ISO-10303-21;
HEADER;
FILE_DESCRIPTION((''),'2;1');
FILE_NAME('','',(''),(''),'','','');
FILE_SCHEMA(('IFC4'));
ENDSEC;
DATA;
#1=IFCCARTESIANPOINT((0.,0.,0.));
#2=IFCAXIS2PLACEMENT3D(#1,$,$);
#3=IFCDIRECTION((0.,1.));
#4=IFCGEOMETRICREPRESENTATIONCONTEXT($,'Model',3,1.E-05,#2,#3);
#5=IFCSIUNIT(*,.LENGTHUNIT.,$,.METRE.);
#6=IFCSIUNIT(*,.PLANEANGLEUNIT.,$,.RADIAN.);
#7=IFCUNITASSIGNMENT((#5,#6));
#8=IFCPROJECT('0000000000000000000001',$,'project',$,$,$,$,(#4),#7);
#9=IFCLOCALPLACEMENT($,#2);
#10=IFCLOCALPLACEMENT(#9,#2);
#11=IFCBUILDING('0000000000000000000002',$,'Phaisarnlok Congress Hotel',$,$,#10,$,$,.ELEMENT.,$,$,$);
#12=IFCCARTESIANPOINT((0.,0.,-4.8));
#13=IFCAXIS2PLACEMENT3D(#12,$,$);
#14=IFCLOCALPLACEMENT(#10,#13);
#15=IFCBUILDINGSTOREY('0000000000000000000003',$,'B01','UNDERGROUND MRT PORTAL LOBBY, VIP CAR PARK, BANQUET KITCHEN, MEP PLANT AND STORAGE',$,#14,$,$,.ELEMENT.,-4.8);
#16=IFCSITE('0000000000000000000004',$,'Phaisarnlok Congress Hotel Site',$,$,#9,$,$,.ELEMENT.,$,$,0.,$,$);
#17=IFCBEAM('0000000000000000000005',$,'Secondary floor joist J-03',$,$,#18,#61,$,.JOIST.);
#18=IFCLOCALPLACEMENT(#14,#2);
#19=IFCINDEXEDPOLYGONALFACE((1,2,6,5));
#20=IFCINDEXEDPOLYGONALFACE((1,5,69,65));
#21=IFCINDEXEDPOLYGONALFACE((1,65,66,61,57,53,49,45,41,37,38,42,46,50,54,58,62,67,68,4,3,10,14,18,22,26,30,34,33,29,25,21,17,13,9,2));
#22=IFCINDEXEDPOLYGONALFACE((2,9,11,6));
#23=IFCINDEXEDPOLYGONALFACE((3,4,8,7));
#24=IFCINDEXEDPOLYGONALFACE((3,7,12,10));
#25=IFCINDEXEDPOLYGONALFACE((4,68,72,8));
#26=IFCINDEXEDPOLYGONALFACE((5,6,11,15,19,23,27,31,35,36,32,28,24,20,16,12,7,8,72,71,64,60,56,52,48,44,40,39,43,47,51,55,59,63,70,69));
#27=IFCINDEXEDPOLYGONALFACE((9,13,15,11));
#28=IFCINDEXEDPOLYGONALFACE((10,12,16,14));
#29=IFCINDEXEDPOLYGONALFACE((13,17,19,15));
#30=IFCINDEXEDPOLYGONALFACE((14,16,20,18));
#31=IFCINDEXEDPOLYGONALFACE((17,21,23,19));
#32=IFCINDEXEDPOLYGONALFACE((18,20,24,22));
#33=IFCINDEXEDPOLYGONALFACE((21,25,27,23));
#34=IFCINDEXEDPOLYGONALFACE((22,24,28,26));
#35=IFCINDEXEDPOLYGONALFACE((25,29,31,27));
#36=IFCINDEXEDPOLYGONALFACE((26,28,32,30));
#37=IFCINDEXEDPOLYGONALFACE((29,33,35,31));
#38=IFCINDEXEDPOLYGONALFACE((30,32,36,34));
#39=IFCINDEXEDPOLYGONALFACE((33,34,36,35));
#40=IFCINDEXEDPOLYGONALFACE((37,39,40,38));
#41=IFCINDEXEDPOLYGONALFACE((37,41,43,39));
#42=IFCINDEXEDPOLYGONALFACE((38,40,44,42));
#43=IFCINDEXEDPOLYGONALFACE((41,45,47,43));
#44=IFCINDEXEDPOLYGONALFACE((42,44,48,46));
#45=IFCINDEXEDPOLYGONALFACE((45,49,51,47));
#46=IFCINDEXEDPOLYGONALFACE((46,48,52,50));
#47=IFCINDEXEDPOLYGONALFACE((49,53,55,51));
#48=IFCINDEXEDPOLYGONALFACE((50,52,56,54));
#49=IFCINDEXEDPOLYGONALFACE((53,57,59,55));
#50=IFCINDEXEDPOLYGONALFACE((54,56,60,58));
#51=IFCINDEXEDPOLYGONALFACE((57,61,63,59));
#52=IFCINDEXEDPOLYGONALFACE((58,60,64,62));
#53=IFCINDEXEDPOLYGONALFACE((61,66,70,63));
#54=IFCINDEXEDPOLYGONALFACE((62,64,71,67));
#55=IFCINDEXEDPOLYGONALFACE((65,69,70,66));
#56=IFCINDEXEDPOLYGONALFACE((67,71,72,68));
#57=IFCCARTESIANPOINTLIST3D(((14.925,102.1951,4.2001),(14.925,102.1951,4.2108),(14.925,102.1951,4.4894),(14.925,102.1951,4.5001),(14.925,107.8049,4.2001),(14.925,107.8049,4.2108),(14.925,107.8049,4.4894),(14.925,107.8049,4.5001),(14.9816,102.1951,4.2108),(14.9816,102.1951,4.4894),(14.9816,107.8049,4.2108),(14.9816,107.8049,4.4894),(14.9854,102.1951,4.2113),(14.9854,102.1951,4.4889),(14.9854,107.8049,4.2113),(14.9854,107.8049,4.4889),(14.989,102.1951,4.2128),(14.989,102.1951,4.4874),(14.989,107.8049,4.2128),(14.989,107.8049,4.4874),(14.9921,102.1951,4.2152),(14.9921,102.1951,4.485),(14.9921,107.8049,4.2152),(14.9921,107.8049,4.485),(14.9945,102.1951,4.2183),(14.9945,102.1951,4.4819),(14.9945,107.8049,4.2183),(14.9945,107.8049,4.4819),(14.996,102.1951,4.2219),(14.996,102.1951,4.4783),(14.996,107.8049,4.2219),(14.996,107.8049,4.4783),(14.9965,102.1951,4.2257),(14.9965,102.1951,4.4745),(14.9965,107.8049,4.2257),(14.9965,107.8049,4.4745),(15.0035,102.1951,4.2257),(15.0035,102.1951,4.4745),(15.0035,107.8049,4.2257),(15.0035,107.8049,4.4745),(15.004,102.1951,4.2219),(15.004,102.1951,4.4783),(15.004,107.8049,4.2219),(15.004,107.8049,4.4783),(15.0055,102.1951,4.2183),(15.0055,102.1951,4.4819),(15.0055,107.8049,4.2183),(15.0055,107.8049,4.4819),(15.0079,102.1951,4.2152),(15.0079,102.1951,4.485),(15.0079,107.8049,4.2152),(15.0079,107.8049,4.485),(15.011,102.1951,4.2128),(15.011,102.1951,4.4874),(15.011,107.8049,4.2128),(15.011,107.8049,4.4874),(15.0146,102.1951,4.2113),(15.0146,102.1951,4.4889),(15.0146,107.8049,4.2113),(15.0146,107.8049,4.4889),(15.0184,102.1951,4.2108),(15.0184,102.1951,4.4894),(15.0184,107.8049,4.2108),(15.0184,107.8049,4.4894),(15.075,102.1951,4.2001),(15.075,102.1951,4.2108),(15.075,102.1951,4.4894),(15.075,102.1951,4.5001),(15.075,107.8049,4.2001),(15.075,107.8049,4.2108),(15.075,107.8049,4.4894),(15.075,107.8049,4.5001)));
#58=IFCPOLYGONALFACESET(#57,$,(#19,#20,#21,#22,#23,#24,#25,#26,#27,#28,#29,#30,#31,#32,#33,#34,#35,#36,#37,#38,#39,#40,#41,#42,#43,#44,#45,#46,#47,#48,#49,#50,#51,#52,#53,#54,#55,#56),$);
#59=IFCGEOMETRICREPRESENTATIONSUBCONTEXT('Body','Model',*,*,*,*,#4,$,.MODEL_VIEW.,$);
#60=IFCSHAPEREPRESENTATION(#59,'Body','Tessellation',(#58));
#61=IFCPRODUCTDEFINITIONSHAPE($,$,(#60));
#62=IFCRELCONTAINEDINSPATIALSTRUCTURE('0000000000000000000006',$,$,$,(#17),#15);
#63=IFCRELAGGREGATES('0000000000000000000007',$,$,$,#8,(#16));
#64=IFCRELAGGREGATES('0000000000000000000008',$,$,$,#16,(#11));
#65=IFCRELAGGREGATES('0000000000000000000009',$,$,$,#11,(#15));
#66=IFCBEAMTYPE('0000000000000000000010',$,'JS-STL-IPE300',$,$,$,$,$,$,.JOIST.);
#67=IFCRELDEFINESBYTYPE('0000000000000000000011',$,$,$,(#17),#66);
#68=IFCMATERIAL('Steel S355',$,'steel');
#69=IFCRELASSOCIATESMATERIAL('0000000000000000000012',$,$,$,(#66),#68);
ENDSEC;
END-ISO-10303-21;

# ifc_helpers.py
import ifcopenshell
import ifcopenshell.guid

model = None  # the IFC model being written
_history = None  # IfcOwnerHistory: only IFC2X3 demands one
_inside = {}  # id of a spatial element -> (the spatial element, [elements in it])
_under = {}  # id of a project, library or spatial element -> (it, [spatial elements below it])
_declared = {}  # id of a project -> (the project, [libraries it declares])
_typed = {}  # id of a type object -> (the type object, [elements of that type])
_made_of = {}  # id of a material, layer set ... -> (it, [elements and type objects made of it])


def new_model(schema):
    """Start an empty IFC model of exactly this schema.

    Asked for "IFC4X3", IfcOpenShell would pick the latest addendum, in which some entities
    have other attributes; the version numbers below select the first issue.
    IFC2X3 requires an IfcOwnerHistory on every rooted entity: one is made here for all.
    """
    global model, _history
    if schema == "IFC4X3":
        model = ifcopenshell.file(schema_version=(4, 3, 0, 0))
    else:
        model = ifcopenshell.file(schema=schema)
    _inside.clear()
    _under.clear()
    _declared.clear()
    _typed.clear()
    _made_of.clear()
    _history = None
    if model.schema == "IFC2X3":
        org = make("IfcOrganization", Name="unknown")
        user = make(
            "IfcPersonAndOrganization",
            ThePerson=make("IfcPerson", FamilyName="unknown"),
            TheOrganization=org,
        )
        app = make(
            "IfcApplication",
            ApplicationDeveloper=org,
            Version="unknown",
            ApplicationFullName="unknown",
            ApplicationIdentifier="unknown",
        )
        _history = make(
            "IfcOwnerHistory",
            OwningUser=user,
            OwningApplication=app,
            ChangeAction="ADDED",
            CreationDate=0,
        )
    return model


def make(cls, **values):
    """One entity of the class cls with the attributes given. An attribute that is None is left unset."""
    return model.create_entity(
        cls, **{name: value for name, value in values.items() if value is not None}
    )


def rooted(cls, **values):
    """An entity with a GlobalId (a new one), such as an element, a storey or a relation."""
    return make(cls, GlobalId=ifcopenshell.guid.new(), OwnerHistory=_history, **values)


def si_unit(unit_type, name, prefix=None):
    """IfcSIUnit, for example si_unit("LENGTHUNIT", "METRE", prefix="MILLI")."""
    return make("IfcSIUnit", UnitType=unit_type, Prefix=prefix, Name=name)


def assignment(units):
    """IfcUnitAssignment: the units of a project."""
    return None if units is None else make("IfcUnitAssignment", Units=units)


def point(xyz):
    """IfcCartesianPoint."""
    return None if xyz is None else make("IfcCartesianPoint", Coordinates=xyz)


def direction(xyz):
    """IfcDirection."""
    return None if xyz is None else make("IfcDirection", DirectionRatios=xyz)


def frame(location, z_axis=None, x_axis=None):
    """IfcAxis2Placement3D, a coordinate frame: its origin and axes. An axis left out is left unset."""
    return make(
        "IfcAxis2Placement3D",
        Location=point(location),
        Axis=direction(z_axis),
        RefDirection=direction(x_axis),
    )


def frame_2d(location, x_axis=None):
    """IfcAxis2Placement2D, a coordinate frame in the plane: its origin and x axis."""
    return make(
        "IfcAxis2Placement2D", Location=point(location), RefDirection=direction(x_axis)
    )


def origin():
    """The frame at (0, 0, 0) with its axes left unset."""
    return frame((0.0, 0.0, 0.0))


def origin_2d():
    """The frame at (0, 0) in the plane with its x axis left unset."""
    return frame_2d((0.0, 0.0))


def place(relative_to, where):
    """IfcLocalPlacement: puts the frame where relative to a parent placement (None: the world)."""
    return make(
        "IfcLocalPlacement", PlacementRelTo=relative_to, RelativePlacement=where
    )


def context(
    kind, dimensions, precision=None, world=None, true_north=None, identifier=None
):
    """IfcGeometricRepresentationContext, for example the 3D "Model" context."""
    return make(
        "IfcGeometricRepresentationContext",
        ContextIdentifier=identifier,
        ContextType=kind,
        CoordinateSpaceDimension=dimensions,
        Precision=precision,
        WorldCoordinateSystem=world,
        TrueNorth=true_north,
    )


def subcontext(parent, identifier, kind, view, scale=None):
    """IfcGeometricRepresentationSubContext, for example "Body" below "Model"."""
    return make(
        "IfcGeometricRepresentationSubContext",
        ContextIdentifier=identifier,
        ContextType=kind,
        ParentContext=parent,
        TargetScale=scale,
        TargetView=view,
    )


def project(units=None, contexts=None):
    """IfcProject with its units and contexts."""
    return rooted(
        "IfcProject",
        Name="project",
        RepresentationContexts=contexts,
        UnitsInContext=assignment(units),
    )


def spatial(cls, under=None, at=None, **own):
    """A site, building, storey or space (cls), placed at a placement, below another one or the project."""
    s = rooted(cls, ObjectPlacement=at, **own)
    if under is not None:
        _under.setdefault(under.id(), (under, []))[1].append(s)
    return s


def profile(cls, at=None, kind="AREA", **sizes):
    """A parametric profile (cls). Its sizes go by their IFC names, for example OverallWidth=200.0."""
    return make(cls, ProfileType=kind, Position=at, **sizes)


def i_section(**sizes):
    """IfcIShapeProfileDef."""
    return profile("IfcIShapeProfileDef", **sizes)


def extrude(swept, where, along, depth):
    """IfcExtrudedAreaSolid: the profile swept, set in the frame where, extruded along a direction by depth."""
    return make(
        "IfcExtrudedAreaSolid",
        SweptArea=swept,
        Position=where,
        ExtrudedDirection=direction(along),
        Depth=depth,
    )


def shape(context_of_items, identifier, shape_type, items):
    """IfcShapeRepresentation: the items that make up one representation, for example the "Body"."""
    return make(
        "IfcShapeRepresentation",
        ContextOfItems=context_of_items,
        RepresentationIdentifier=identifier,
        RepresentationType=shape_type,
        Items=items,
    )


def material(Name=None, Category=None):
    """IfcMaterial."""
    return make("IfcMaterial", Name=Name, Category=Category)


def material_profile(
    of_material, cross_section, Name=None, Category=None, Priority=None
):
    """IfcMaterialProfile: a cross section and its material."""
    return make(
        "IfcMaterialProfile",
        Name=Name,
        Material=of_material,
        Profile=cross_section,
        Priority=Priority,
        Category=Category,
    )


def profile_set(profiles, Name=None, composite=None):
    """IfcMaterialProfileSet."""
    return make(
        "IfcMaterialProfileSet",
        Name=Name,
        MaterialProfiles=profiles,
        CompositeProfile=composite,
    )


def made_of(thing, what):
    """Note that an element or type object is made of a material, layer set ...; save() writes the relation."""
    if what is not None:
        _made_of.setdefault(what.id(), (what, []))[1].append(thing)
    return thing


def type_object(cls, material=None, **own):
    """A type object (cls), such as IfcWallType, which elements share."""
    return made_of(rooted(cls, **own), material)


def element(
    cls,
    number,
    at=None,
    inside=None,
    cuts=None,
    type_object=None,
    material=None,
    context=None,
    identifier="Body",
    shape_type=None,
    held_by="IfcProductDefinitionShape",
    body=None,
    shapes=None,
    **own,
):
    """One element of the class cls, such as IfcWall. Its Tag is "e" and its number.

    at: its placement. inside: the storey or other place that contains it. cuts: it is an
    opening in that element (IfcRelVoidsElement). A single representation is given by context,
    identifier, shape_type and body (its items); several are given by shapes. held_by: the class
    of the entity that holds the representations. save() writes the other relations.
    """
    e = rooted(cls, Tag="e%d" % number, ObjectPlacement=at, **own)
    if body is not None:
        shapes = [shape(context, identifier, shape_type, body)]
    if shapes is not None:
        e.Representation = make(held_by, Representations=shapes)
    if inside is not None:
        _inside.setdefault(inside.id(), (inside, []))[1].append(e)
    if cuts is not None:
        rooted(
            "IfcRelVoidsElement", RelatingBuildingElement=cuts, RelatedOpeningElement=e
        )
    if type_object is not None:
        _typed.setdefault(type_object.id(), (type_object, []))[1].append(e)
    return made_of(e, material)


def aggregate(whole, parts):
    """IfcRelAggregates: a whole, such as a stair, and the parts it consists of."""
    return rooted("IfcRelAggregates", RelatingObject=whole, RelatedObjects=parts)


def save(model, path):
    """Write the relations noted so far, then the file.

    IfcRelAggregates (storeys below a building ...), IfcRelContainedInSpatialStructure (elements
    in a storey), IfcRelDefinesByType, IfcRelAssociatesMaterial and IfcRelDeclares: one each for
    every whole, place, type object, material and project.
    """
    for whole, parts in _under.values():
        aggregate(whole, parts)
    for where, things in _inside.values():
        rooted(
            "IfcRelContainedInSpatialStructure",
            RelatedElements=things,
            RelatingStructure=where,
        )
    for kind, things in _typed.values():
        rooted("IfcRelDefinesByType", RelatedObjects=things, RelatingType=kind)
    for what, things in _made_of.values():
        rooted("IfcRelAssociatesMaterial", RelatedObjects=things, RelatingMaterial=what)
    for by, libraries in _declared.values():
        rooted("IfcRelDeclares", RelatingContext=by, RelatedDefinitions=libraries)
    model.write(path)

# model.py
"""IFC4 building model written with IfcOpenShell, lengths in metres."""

from ifc_helpers import new_model, si_unit, direction, frame, origin, origin_2d, place, context, subcontext, project, spatial, i_section, extrude, material, material_profile, profile_set, type_object, element, save


model = new_model("IFC4")

# Units and contexts
model_context = context("Model", 3, precision=1e-05, world=origin(), true_north=direction((0.0, 1.0)))
body_context = subcontext(model_context, "Body", "Model", "MODEL_VIEW")
ifc_project = project(units=[si_unit("LENGTHUNIT", "METRE"), si_unit("PLANEANGLEUNIT", "RADIAN")], contexts=[model_context])

# Site, building, storey
site_placement = place(None, origin())
site = spatial("IfcSite", under=ifc_project, at=site_placement, Name="Phaisarnlok Congress Hotel Site", CompositionType="ELEMENT", RefElevation=0.0)
building_placement = place(site_placement, origin())
building = spatial("IfcBuilding", under=site, at=building_placement, Name="Phaisarnlok Congress Hotel", CompositionType="ELEMENT")
storey_placement = place(building_placement, frame((0.0, 0.0, -4.8)))
storey = spatial("IfcBuildingStorey", under=building, at=storey_placement, Name="B01", Description="UNDERGROUND MRT PORTAL LOBBY, VIP CAR PARK, BANQUET KITCHEN, MEP PLANT AND STORAGE", CompositionType="ELEMENT", Elevation=-4.8)

# Beam
ifc_material_1 = material(Name="Steel S355", Category="steel")
ifc_material_profile_1 = material_profile(ifc_material_1, i_section(OverallWidth=0.1499, OverallDepth=0.3, WebThickness=0.0071, FlangeThickness=0.0107, FilletRadius=0.0149, at=origin_2d()), Name="IPE 300")
ifc_profile_set_1 = profile_set([ifc_material_profile_1], Name="Steel S355")
beam_type_1 = type_object("IfcBeamType", Name="JS-STL-IPE300", PredefinedType="JOIST", material=ifc_profile_set_1)
for number, where, z_axis, x_axis, name in (
    (1, (15.0, 102.1951, 4.3501), (0.0, 1.0, 0.0), (-1.0, 0.0, 0.0), "Secondary floor joist J-03"),
):
    element("IfcBeam", number, at=place(storey_placement, frame(where, z_axis=z_axis, x_axis=x_axis)), inside=storey, type_object=beam_type_1, Name=name, PredefinedType="JOIST", context=body_context, shape_type="SweptSolid", body=[
        extrude(i_section(OverallWidth=0.1499, OverallDepth=0.3, WebThickness=0.0071, FlangeThickness=0.0107, FilletRadius=0.0149, at=origin_2d()), origin(), (0.0, 0.0, 1.0), 5.6099),
    ])

save(model, "model.ifc")
